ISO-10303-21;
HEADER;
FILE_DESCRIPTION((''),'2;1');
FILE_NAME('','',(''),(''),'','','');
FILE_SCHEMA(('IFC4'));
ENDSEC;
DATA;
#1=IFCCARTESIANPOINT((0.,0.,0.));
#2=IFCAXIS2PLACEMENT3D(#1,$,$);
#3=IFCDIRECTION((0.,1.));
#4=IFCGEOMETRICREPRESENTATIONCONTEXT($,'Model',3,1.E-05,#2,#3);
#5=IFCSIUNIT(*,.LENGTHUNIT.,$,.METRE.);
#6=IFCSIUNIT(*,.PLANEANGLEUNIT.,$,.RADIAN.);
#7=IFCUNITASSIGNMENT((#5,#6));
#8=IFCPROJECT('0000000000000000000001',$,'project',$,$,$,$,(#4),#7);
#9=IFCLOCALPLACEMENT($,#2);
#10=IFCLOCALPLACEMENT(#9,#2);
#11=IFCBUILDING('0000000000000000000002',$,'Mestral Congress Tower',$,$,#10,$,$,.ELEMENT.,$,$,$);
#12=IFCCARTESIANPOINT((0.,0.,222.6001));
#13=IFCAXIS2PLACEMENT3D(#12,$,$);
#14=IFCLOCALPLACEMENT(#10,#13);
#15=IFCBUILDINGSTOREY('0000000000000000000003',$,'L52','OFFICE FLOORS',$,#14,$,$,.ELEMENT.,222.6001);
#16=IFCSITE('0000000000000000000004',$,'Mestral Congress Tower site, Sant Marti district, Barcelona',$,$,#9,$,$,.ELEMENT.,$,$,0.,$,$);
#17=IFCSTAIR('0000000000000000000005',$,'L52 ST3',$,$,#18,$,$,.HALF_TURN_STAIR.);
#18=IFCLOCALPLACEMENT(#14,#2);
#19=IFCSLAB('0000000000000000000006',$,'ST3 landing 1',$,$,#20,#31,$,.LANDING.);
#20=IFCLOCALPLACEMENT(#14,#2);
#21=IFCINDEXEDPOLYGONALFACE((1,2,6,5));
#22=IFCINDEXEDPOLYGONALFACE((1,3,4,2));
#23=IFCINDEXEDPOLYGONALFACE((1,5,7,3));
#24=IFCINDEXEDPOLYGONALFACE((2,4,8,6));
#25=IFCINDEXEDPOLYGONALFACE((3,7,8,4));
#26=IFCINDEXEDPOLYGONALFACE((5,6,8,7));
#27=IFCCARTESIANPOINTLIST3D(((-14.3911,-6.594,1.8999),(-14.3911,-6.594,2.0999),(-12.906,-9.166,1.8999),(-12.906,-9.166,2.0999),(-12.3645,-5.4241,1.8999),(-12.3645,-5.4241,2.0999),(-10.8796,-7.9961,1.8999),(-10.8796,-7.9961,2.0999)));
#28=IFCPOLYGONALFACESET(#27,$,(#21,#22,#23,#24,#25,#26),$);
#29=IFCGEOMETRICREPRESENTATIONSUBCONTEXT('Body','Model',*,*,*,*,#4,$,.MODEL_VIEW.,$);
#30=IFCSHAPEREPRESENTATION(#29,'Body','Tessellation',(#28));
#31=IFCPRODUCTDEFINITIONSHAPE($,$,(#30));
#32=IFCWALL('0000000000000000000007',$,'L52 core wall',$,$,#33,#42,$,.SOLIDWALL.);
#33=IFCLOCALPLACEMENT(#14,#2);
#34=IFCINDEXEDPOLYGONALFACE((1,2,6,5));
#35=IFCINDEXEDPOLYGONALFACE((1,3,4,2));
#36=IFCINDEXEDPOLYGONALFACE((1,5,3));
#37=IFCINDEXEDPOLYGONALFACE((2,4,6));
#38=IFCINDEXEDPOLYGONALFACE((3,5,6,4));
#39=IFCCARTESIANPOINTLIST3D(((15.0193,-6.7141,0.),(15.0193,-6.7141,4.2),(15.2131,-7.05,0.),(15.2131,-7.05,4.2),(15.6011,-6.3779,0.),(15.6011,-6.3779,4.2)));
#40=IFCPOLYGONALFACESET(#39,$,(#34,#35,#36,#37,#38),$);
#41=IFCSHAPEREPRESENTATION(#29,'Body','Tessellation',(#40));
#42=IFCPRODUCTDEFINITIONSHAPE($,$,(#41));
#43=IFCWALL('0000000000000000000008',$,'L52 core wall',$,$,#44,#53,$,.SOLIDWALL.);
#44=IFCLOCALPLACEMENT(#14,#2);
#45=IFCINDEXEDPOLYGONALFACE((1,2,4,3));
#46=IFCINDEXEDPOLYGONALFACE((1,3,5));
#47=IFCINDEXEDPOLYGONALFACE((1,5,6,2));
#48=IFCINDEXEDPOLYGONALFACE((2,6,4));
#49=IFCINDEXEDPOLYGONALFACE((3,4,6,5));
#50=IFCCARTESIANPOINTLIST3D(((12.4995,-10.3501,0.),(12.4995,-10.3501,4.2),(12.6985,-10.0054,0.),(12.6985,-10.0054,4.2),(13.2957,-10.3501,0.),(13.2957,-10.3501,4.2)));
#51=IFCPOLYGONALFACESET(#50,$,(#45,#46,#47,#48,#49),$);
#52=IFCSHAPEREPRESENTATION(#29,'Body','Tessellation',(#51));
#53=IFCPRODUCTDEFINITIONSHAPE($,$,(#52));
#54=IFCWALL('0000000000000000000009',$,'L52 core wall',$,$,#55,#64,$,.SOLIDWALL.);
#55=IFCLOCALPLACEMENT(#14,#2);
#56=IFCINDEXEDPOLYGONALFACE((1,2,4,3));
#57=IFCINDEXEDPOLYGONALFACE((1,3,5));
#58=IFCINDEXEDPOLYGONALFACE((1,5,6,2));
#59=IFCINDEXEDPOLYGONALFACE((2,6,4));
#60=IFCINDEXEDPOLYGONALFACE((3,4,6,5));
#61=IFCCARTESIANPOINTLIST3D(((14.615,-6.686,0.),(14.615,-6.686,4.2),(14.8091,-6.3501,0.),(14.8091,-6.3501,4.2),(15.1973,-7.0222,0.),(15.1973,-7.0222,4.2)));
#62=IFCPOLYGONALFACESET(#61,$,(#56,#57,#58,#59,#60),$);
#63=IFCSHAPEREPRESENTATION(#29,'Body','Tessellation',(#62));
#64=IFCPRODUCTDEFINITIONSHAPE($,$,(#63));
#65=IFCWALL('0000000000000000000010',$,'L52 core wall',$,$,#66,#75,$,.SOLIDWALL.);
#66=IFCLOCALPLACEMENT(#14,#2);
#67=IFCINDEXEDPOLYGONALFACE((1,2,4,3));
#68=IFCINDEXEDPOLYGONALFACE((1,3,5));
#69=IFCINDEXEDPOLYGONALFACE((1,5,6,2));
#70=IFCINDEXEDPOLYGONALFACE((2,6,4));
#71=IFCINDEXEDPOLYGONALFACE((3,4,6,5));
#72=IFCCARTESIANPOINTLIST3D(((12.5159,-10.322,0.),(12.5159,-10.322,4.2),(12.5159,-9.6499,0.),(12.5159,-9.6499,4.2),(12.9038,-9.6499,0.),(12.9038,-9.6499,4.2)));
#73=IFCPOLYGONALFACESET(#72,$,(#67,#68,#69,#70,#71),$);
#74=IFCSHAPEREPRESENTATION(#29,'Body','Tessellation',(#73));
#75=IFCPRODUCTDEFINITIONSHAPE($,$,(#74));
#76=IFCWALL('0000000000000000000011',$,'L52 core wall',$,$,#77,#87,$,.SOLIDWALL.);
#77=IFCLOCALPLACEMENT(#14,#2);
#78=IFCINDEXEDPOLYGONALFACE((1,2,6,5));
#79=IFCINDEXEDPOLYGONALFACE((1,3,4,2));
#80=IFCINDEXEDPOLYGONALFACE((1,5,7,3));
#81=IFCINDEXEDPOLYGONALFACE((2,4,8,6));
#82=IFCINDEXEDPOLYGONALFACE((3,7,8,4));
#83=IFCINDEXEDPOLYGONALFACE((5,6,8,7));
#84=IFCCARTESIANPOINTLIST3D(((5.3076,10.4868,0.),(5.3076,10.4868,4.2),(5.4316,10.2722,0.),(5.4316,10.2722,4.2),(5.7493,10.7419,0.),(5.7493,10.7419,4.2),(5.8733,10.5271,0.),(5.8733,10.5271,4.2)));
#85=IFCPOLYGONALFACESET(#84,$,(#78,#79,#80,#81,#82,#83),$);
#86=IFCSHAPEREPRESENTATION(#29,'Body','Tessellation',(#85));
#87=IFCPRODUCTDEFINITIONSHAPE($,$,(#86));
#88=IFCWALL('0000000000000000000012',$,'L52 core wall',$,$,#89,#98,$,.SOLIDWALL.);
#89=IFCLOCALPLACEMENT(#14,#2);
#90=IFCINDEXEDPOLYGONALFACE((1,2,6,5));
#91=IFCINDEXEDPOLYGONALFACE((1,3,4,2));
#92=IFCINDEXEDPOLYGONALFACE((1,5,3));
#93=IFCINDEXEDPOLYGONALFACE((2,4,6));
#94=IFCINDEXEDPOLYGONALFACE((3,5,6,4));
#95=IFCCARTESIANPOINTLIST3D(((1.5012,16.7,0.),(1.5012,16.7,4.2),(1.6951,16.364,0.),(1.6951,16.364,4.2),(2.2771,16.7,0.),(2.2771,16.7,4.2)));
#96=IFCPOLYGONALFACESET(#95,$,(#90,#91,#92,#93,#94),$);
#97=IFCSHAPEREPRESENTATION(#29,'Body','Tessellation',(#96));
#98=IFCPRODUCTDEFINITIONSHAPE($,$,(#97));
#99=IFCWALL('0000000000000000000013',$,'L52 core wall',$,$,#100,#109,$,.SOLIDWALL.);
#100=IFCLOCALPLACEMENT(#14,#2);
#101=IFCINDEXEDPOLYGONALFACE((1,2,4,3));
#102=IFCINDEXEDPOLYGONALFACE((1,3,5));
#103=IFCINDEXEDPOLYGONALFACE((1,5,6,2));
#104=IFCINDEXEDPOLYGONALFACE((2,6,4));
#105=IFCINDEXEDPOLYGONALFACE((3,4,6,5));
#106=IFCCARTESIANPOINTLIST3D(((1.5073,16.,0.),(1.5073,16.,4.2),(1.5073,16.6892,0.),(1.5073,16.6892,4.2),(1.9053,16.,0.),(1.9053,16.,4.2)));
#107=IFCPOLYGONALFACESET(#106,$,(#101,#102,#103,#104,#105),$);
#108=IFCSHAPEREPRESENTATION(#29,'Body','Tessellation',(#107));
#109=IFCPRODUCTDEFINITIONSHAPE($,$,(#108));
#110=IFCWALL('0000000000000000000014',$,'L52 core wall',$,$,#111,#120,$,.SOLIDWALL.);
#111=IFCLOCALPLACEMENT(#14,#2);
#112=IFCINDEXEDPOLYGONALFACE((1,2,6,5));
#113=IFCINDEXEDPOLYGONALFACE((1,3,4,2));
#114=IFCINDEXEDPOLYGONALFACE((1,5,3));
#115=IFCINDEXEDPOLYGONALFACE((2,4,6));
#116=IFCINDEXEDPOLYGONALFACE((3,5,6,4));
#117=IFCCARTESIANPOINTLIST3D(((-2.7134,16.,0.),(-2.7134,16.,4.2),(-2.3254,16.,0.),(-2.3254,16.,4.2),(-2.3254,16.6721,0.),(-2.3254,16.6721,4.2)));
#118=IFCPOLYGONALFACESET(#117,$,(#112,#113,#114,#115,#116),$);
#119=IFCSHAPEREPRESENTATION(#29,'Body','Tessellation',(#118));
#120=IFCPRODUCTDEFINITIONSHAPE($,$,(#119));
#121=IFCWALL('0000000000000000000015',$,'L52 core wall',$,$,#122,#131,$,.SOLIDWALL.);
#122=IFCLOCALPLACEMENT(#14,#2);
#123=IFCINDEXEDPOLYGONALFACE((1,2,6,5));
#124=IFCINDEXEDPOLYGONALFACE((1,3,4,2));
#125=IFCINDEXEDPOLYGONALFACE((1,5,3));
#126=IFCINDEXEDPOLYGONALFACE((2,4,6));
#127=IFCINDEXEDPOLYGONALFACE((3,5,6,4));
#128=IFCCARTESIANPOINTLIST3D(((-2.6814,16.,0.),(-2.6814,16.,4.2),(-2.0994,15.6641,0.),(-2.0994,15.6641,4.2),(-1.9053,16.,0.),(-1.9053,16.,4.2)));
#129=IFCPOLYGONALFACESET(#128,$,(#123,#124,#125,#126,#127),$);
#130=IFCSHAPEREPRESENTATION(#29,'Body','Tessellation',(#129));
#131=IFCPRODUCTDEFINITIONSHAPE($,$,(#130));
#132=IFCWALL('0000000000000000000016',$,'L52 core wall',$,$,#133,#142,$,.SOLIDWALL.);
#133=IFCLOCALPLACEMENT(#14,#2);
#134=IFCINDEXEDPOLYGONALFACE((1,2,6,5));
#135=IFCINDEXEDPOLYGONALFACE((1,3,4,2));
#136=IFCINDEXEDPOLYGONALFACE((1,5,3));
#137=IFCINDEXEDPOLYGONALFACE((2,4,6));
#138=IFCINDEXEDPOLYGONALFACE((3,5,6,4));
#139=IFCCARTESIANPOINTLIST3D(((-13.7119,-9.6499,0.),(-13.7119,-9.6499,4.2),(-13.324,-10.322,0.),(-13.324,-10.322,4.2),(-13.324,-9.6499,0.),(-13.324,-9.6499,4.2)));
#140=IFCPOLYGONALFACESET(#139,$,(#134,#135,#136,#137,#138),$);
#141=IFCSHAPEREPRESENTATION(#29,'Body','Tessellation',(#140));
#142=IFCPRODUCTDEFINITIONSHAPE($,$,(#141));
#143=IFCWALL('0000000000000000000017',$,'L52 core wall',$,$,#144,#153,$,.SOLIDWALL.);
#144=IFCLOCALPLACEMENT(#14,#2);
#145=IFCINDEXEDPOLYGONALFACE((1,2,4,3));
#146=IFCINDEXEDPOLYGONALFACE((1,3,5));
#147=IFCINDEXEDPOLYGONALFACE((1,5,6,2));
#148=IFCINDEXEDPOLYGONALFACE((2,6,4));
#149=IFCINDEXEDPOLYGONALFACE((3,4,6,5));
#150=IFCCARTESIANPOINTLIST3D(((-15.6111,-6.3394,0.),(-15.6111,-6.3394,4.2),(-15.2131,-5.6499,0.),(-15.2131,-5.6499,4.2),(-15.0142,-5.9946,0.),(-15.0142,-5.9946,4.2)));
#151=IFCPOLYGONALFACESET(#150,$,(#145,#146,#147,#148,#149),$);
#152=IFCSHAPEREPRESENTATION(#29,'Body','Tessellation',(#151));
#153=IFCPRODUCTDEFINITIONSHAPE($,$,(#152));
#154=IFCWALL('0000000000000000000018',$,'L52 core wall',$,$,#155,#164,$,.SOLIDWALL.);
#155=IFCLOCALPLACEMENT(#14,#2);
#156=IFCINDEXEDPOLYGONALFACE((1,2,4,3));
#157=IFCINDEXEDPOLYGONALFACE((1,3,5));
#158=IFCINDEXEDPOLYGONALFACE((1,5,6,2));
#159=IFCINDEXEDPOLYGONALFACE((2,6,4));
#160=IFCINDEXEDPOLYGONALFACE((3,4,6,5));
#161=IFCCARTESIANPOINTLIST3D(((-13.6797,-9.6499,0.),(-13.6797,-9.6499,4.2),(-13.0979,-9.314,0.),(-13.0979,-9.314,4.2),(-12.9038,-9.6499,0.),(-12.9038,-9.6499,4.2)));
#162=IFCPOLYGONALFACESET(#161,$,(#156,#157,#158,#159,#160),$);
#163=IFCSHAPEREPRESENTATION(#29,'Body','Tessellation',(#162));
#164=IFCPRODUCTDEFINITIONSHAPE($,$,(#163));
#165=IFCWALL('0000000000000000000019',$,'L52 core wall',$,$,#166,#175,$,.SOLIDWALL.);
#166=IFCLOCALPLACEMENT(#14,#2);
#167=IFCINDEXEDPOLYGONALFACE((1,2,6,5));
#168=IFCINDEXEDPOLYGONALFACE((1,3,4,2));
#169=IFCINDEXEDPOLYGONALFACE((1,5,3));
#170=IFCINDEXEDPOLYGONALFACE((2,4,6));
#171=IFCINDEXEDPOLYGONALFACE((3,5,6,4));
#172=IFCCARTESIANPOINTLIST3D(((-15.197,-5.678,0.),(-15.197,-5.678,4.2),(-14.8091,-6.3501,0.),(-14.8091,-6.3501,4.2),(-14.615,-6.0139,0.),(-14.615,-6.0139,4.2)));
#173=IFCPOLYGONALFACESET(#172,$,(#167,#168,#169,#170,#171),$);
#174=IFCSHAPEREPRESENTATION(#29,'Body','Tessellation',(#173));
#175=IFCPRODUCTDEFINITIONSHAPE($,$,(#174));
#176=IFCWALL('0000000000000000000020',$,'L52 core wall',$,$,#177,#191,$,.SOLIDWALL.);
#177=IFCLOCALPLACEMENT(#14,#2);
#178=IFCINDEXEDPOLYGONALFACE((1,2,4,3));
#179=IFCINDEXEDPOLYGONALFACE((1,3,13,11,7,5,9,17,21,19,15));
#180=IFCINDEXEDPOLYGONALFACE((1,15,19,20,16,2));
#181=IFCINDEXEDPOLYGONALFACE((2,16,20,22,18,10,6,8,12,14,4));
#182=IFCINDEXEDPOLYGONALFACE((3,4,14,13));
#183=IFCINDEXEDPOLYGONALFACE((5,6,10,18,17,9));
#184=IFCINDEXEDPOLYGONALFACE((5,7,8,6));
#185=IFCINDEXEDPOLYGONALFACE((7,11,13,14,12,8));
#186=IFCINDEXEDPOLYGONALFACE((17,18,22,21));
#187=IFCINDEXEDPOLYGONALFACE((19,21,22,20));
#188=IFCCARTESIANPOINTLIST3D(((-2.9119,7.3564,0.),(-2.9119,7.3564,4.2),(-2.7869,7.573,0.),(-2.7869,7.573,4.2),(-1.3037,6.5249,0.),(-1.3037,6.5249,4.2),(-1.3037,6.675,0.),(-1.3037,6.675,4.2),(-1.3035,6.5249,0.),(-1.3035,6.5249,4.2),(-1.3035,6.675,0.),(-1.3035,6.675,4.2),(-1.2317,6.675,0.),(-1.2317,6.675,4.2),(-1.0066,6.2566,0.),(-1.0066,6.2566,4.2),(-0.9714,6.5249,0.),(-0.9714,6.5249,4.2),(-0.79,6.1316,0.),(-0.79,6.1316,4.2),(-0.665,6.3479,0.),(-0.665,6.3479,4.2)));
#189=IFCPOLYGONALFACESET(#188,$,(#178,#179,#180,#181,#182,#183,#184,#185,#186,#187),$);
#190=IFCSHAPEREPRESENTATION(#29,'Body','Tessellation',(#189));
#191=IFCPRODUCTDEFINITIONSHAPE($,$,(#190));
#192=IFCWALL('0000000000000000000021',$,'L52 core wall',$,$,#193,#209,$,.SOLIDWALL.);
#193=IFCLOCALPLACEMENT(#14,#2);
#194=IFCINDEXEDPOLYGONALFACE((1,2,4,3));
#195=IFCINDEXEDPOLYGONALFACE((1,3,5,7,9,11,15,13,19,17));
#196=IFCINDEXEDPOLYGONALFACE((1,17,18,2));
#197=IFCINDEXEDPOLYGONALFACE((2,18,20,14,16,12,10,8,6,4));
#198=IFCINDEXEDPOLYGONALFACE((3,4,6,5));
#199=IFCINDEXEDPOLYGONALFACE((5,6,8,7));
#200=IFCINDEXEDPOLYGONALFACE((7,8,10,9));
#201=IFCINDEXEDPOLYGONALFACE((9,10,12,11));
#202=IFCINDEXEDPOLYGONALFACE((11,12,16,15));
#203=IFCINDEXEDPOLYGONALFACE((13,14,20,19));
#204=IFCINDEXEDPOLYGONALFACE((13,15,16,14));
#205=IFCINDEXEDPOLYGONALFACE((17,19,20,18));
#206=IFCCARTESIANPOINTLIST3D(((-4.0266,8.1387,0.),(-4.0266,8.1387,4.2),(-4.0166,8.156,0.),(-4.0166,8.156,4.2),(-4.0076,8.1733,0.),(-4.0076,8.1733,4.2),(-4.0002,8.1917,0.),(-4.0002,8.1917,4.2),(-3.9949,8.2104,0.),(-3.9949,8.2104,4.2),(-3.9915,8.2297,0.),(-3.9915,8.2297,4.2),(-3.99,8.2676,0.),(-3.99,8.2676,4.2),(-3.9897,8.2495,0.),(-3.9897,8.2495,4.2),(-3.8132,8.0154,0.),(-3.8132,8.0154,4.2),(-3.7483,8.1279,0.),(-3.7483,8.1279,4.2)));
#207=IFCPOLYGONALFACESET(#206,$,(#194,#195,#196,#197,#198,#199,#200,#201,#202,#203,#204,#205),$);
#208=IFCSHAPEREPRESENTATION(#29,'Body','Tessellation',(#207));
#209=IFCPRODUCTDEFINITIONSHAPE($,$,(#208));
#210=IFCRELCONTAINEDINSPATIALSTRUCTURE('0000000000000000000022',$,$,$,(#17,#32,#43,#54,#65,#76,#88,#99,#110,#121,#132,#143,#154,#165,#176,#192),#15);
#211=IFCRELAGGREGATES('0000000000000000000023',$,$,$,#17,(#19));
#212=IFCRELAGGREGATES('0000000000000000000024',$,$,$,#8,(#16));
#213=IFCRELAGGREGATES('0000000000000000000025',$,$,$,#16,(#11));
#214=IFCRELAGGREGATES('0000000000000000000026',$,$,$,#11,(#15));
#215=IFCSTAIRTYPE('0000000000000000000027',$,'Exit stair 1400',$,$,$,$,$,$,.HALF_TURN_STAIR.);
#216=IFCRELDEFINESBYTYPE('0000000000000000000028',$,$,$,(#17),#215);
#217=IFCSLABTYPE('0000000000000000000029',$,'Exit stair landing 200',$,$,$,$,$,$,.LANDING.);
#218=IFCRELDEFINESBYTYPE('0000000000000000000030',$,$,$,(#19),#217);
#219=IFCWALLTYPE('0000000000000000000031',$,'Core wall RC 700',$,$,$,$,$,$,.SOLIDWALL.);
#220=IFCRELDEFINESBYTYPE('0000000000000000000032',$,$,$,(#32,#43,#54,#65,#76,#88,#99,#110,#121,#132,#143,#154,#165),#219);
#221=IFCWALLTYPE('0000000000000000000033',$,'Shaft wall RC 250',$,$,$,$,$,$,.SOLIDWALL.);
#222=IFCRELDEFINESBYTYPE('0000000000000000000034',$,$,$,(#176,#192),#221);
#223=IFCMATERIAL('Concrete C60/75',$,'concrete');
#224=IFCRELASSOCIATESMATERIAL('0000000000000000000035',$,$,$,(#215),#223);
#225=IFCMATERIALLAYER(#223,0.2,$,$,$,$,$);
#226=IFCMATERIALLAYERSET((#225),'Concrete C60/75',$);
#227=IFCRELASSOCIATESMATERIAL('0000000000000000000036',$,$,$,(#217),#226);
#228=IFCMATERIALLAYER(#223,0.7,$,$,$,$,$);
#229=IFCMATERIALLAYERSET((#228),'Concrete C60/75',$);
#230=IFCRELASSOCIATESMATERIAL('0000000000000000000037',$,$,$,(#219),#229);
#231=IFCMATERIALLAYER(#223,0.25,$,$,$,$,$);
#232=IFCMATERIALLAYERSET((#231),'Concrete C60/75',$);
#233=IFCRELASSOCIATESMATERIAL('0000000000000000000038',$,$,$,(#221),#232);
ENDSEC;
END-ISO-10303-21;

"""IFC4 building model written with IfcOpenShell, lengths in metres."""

from ifc_helpers import new_model, si_unit, direction, frame, origin, place, context, subcontext, project, spatial, polyline, outline, extrude, material, layer, layer_set, type_object, element, aggregate, save


model = new_model("IFC4")

# Units and contexts
model_context = context("Model", 3, precision=1e-05, world=origin(), true_north=direction((0.0, 1.0)))
body_context = subcontext(model_context, "Body", "Model", "MODEL_VIEW")
ifc_project = project(units=[si_unit("LENGTHUNIT", "METRE"), si_unit("PLANEANGLEUNIT", "RADIAN")], contexts=[model_context])

# Site, building, storey
site_placement = place(None, origin())
site = spatial("IfcSite", under=ifc_project, at=site_placement, Name="Mestral Congress Tower site, Sant Marti district, Barcelona", CompositionType="ELEMENT", RefElevation=0.0)
building_placement = place(site_placement, origin())
building = spatial("IfcBuilding", under=site, at=building_placement, Name="Mestral Congress Tower", CompositionType="ELEMENT")
storey_placement = place(building_placement, frame((0.0, 0.0, 222.6001)))
storey = spatial("IfcBuildingStorey", under=building, at=storey_placement, Name="L52", Description="OFFICE FLOORS", CompositionType="ELEMENT", Elevation=222.6001)

# Shared definitions
ifc_material_1 = material(Name="Concrete C60/75", Category="concrete")

# Stair, slab
stair_type = type_object("IfcStairType", Name="Exit stair 1400", PredefinedType="HALF_TURN_STAIR", material=ifc_material_1)
placement_1 = place(storey_placement, origin())
ifc_layer_1 = layer(ifc_material_1, 0.2)
ifc_layer_set_1 = layer_set([ifc_layer_1], Name="Concrete C60/75")
slab_type_1 = type_object("IfcSlabType", Name="Exit stair landing 200", PredefinedType="LANDING", material=ifc_layer_set_1)
placement_2 = place(storey_placement, frame((0.0, 0.0, 1.8999)))
stair_1 = element("IfcStair", 1, at=placement_1, inside=storey, type_object=stair_type, Name="L52 ST3", PredefinedType="HALF_TURN_STAIR")
slab_1 = element("IfcSlab", 2, at=placement_2, type_object=slab_type_1, Name="ST3 landing 1", PredefinedType="LANDING", context=body_context, shape_type="SweptSolid", body=[
    extrude(outline(polyline([(-12.3645, -5.4241), (-10.8796, -7.9961), (-12.906, -9.166), (-14.3911, -6.594), (-12.3645, -5.4241)])), origin(), (0.0, 0.0, 1.0), 0.2),
])
aggregate(stair_1, [slab_1])

# Walls
ifc_layer_2 = layer(ifc_material_1, 0.7)
ifc_layer_set_2 = layer_set([ifc_layer_2], Name="Concrete C60/75")
wall_type_1 = type_object("IfcWallType", Name="Core wall RC 700", PredefinedType="SOLIDWALL", material=ifc_layer_set_2)
element("IfcWall", 3, at=placement_1, inside=storey, type_object=wall_type_1, Name="L52 core wall", PredefinedType="SOLIDWALL", context=body_context, shape_type="SweptSolid", body=[
    extrude(outline(polyline([(15.2131, -7.05), (15.0193, -6.7141), (15.6011, -6.3779), (15.2131, -7.05)])), origin(), (0.0, 0.0, 1.0), 4.2),
])
element("IfcWall", 4, at=placement_1, inside=storey, type_object=wall_type_1, Name="L52 core wall", PredefinedType="SOLIDWALL", context=body_context, shape_type="SweptSolid", body=[
    extrude(outline(polyline([(12.6985, -10.0054), (13.2957, -10.3501), (12.4995, -10.3501), (12.6985, -10.0054)])), origin(), (0.0, 0.0, 1.0), 4.2),
])
element("IfcWall", 5, at=placement_1, inside=storey, type_object=wall_type_1, Name="L52 core wall", PredefinedType="SOLIDWALL", context=body_context, shape_type="SweptSolid", body=[
    extrude(outline(polyline([(14.8091, -6.3501), (15.1973, -7.0222), (14.615, -6.686), (14.8091, -6.3501)])), origin(), (0.0, 0.0, 1.0), 4.2),
])
element("IfcWall", 6, at=placement_1, inside=storey, type_object=wall_type_1, Name="L52 core wall", PredefinedType="SOLIDWALL", context=body_context, shape_type="SweptSolid", body=[
    extrude(outline(polyline([(12.9038, -9.6499), (12.5159, -10.322), (12.5159, -9.6499), (12.9038, -9.6499)])), origin(), (0.0, 0.0, 1.0), 4.2),
])
element("IfcWall", 7, at=placement_1, inside=storey, type_object=wall_type_1, Name="L52 core wall", PredefinedType="SOLIDWALL", context=body_context, shape_type="SweptSolid", body=[
    extrude(outline(polyline([(5.4316, 10.2722), (5.3076, 10.4868), (5.7493, 10.7419), (5.8733, 10.5271), (5.4316, 10.2722)])), origin(), (0.0, 0.0, 1.0), 4.2),
])
element("IfcWall", 8, at=placement_1, inside=storey, type_object=wall_type_1, Name="L52 core wall", PredefinedType="SOLIDWALL", context=body_context, shape_type="SweptSolid", body=[
    extrude(outline(polyline([(1.5012, 16.7), (2.2771, 16.7), (1.6951, 16.364), (1.5012, 16.7)])), origin(), (0.0, 0.0, 1.0), 4.2),
])
element("IfcWall", 9, at=placement_1, inside=storey, type_object=wall_type_1, Name="L52 core wall", PredefinedType="SOLIDWALL", context=body_context, shape_type="SweptSolid", body=[
    extrude(outline(polyline([(1.9053, 16.0), (1.5073, 16.0), (1.5073, 16.6892), (1.9053, 16.0)])), origin(), (0.0, 0.0, 1.0), 4.2),
])
element("IfcWall", 10, at=placement_1, inside=storey, type_object=wall_type_1, Name="L52 core wall", PredefinedType="SOLIDWALL", context=body_context, shape_type="SweptSolid", body=[
    extrude(outline(polyline([(-2.7134, 16.0), (-2.3254, 16.6721), (-2.3254, 16.0), (-2.7134, 16.0)])), origin(), (0.0, 0.0, 1.0), 4.2),
])
element("IfcWall", 11, at=placement_1, inside=storey, type_object=wall_type_1, Name="L52 core wall", PredefinedType="SOLIDWALL", context=body_context, shape_type="SweptSolid", body=[
    extrude(outline(polyline([(-1.9053, 16.0), (-2.0994, 15.6641), (-2.6814, 16.0), (-1.9053, 16.0)])), origin(), (0.0, 0.0, 1.0), 4.2),
])
element("IfcWall", 12, at=placement_1, inside=storey, type_object=wall_type_1, Name="L52 core wall", PredefinedType="SOLIDWALL", context=body_context, shape_type="SweptSolid", body=[
    extrude(outline(polyline([(-13.7119, -9.6499), (-13.324, -9.6499), (-13.324, -10.322), (-13.7119, -9.6499)])), origin(), (0.0, 0.0, 1.0), 4.2),
])
element("IfcWall", 13, at=placement_1, inside=storey, type_object=wall_type_1, Name="L52 core wall", PredefinedType="SOLIDWALL", context=body_context, shape_type="SweptSolid", body=[
    extrude(outline(polyline([(-15.0142, -5.9946), (-15.6111, -6.3394), (-15.2131, -5.6499), (-15.0142, -5.9946)])), origin(), (0.0, 0.0, 1.0), 4.2),
])
element("IfcWall", 14, at=placement_1, inside=storey, type_object=wall_type_1, Name="L52 core wall", PredefinedType="SOLIDWALL", context=body_context, shape_type="SweptSolid", body=[
    extrude(outline(polyline([(-12.9038, -9.6499), (-13.6797, -9.6499), (-13.0979, -9.314), (-12.9038, -9.6499)])), origin(), (0.0, 0.0, 1.0), 4.2),
])
element("IfcWall", 15, at=placement_1, inside=storey, type_object=wall_type_1, Name="L52 core wall", PredefinedType="SOLIDWALL", context=body_context, shape_type="SweptSolid", body=[
    extrude(outline(polyline([(-14.8091, -6.3501), (-15.197, -5.678), (-14.615, -6.0139), (-14.8091, -6.3501)])), origin(), (0.0, 0.0, 1.0), 4.2),
])
ifc_layer_3 = layer(ifc_material_1, 0.25)
ifc_layer_set_3 = layer_set([ifc_layer_3], Name="Concrete C60/75")
wall_type_2 = type_object("IfcWallType", Name="Shaft wall RC 250", PredefinedType="SOLIDWALL", material=ifc_layer_set_3)
element("IfcWall", 16, at=placement_1, inside=storey, type_object=wall_type_2, Name="L52 core wall", PredefinedType="SOLIDWALL", context=body_context, shape_type="SweptSolid", body=[
    extrude(outline(polyline([(-2.9119, 7.3564), (-2.7869, 7.573), (-1.2317, 6.675), (-1.3035, 6.675), (-1.3037, 6.675), (-1.3037, 6.675), (-1.3037, 6.5249), (-1.3037, 6.5249), (-1.3035, 6.5249), (-0.9714, 6.5249), (-0.665, 6.3479), (-0.79, 6.1316), (-1.0066, 6.2566), (-1.0066, 6.2566), (-2.9119, 7.3564)])), origin(), (0.0, 0.0, 1.0), 4.2),
])
element("IfcWall", 17, at=placement_1, inside=storey, type_object=wall_type_2, Name="L52 core wall", PredefinedType="SOLIDWALL", context=body_context, shape_type="SweptSolid", body=[
    extrude(outline(polyline([(-3.7483, 8.1279), (-3.8132, 8.0154), (-4.0266, 8.1387), (-4.0166, 8.156), (-4.0076, 8.1733), (-4.0002, 8.1917), (-3.9949, 8.2104), (-3.9915, 8.2297), (-3.9897, 8.2495), (-3.99, 8.2676), (-3.7483, 8.1279)])), origin(), (0.0, 0.0, 1.0), 4.2),
])

save(model, "model.ifc")
